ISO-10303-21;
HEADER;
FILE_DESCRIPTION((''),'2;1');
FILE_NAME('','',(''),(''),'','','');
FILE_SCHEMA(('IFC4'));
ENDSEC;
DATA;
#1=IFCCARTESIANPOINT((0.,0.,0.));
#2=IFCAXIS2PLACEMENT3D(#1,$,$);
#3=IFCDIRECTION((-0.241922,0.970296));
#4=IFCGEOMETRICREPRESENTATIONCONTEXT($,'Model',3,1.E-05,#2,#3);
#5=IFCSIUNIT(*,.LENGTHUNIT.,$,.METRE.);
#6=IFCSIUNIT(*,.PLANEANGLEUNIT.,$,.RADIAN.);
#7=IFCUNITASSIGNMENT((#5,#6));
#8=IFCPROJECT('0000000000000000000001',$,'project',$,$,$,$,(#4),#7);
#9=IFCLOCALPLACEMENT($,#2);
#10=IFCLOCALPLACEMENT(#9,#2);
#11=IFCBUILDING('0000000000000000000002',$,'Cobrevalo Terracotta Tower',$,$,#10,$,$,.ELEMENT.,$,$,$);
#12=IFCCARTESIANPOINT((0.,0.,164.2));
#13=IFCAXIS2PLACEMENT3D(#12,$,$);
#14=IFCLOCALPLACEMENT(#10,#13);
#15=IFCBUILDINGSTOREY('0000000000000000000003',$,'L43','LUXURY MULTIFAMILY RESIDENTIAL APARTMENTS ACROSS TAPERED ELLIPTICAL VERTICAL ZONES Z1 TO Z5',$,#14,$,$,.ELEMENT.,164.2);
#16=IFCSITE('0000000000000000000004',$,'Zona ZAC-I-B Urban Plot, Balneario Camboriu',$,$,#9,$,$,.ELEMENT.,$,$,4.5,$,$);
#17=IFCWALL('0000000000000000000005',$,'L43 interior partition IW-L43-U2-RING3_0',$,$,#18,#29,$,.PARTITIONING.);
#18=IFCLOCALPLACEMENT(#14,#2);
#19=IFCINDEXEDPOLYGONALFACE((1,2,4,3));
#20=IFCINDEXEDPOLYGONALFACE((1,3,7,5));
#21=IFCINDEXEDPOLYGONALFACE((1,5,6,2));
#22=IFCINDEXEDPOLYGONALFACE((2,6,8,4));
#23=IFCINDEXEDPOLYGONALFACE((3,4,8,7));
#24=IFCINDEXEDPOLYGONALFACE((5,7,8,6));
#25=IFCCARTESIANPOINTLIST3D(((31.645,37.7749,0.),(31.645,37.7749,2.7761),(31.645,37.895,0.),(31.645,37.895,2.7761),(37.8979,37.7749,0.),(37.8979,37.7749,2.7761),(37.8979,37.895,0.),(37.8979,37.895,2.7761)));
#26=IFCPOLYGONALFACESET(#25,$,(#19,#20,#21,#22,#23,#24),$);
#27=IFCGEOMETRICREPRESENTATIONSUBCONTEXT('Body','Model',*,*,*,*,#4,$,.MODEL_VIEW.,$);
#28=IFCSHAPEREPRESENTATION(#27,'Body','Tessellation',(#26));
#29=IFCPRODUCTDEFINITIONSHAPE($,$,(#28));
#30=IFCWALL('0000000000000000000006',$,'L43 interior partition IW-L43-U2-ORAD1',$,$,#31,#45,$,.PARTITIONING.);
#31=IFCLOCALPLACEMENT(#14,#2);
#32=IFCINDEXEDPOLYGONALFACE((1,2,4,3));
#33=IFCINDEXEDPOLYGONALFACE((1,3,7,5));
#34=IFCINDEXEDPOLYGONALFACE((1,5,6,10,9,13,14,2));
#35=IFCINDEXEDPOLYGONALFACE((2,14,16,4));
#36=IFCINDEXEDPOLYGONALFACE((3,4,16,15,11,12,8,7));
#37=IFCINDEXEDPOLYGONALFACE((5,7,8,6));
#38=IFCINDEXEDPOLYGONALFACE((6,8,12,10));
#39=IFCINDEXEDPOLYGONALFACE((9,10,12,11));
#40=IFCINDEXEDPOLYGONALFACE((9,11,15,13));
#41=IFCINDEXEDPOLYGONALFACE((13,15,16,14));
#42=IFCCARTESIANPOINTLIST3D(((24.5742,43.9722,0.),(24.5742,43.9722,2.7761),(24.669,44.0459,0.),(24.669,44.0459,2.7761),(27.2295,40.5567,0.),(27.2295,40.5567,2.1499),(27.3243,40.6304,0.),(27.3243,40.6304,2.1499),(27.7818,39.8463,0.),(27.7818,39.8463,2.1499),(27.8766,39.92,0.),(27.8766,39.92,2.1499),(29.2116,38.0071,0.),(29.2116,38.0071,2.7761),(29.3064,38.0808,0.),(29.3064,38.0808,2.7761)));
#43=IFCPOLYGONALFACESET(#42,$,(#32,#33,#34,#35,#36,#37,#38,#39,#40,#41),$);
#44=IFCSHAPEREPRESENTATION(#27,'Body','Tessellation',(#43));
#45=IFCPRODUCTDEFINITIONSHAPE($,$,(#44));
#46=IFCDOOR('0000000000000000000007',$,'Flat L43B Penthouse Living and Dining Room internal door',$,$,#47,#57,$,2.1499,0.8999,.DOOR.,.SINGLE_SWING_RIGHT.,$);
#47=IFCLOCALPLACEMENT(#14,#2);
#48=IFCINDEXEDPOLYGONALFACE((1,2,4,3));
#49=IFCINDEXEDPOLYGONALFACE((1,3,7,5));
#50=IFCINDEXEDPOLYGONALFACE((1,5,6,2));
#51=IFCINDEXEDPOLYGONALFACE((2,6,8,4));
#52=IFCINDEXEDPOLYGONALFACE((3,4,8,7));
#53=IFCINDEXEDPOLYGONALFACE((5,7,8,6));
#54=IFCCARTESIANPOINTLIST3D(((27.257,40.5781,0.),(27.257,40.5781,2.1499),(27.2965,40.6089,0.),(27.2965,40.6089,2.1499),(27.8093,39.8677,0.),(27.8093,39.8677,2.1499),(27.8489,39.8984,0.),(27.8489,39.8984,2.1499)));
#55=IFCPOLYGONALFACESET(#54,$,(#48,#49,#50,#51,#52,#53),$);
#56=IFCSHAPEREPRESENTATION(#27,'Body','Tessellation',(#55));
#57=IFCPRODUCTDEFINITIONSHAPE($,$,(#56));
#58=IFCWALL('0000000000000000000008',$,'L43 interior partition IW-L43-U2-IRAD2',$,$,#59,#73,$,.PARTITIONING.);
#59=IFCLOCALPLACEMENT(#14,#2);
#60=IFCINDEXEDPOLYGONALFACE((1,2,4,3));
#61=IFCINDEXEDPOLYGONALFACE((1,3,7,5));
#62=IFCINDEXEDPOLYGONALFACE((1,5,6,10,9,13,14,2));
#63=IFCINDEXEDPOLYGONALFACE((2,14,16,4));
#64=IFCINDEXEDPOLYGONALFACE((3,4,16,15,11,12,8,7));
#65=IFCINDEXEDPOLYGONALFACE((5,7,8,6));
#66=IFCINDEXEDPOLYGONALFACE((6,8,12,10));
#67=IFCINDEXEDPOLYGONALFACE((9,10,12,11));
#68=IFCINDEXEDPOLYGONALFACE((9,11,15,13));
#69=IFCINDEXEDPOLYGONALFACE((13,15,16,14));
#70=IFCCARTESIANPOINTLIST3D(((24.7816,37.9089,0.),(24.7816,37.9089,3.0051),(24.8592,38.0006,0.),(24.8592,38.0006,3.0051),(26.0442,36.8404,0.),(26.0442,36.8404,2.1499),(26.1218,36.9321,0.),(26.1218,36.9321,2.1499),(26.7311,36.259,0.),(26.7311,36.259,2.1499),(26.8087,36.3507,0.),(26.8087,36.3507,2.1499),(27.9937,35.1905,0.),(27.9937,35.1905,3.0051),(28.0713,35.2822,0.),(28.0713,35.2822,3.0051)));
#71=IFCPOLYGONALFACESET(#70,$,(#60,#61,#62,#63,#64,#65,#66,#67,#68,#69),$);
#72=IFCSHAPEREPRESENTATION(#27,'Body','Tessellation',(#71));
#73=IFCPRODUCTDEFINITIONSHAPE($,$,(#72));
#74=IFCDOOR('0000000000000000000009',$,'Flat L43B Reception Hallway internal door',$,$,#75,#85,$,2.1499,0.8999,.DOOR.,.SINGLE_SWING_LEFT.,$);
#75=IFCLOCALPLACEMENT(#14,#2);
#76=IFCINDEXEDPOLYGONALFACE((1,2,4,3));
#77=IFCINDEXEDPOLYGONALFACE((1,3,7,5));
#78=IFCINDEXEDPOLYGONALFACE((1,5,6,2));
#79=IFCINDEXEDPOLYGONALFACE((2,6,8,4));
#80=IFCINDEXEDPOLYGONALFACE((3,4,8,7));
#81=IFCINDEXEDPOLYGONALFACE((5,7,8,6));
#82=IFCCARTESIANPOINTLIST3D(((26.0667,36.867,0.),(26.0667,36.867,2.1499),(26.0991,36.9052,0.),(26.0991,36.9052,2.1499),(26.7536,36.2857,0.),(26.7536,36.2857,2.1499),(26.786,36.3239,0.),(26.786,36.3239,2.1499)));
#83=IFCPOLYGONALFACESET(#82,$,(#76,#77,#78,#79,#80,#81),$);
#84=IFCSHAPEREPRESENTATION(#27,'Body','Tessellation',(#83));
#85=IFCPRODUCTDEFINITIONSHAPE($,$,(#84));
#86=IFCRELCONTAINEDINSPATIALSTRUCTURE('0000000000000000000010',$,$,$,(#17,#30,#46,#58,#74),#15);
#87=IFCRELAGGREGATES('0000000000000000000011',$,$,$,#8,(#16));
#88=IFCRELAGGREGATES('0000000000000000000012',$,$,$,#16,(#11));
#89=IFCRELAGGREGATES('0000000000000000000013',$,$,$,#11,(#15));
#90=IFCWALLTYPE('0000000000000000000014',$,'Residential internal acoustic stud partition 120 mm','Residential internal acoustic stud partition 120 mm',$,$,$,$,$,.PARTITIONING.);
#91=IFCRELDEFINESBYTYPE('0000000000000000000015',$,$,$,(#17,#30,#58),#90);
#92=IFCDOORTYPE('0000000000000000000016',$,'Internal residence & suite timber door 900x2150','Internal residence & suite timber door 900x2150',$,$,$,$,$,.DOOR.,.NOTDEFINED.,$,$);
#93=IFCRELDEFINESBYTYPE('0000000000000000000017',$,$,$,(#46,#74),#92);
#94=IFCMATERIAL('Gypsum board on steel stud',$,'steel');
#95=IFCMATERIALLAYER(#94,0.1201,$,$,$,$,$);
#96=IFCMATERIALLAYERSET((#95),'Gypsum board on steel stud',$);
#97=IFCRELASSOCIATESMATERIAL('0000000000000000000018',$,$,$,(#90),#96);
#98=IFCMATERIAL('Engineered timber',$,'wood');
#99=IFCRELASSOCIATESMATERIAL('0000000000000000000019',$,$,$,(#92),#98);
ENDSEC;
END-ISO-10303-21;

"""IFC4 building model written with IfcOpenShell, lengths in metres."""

from ifc_helpers import new_model, si_unit, direction, frame, frame_2d, origin, place, context, subcontext, project, spatial, rectangle, extrude, source, transform, mapped, material, layer, layer_set, type_object, element, fill, save


model = new_model("IFC4")

# Units and contexts
model_context = context("Model", 3, precision=1e-05, world=origin(), true_north=direction((-0.241922, 0.970296)))
body_context = subcontext(model_context, "Body", "Model", "MODEL_VIEW")
ifc_project = project(units=[si_unit("LENGTHUNIT", "METRE"), si_unit("PLANEANGLEUNIT", "RADIAN")], contexts=[model_context])

# Site, building, storey
site_placement = place(None, origin())
site = spatial("IfcSite", under=ifc_project, at=site_placement, Name="Zona ZAC-I-B Urban Plot, Balneario Camboriu", CompositionType="ELEMENT", RefElevation=4.5)
building_placement = place(site_placement, origin())
building = spatial("IfcBuilding", under=site, at=building_placement, Name="Cobrevalo Terracotta Tower", CompositionType="ELEMENT")
storey_placement = place(building_placement, frame((0.0, 0.0, 164.2)))
storey = spatial("IfcBuildingStorey", under=building, at=storey_placement, Name="L43", Description="LUXURY MULTIFAMILY RESIDENTIAL APARTMENTS ACROSS TAPERED ELLIPTICAL VERTICAL ZONES Z1 TO Z5", CompositionType="ELEMENT", Elevation=164.2)

# Wall
ifc_material_1 = material(Name="Gypsum board on steel stud", Category="steel")
ifc_layer_1 = layer(ifc_material_1, 0.1201)
ifc_layer_set_1 = layer_set([ifc_layer_1], Name="Gypsum board on steel stud")
wall_type_1 = type_object("IfcWallType", Name="Residential internal acoustic stud partition 120 mm", Description="Residential internal acoustic stud partition 120 mm", PredefinedType="PARTITIONING", material=ifc_layer_set_1)
wall_1_placement = place(storey_placement, frame((31.645, 37.835, 0.0), z_axis=(0.0, 0.0, 1.0), x_axis=(1.0, 0.0, 0.0)))
element("IfcWall", 1, at=wall_1_placement, inside=storey, type_object=wall_type_1, Name="L43 interior partition IW-L43-U2-RING3_0", PredefinedType="PARTITIONING", context=body_context, shape_type="SweptSolid", body=[
    extrude(rectangle(XDim=6.2529, YDim=0.1201, at=frame_2d((3.1265, 0.0))), origin(), (0.0, 0.0, 1.0), 2.7761),
])

# Walls, openings, doors
wall_2_placement = place(storey_placement, frame((29.259, 38.0439, 0.0), z_axis=(0.0, 0.0, 1.0), x_axis=(-0.613771, 0.789484, 0.0)))
wall_2 = element("IfcWall", 2, at=wall_2_placement, inside=storey, type_object=wall_type_1, Name="L43 interior partition IW-L43-U2-ORAD1", PredefinedType="PARTITIONING", context=body_context, shape_type="SweptSolid", body=[
    extrude(rectangle(XDim=7.5557, YDim=0.1201, at=frame_2d((3.7778, 0.0))), origin(), (0.0, 0.0, 1.0), 2.7761),
])
opening_1_placement = place(wall_2_placement, frame((2.3296, 0.0, 0.0)))
opening_1 = element("IfcOpeningElement", 3, at=opening_1_placement, cuts=wall_2, PredefinedType="OPENING", context=body_context, shape_type="SweptSolid", body=[
    extrude(rectangle(XDim=0.8999, YDim=2.1499, at=frame_2d((0.45, 1.075))), frame((0.0, 0.0701, 0.0), z_axis=(0.0, -1.0, 0.0), x_axis=(1.0, 0.0, 0.0)), (0.0, 0.0, 1.0), 0.1401),
])
ifc_material_2 = material(Name="Engineered timber", Category="wood")
door_type_1 = type_object("IfcDoorType", Name="Internal residence & suite timber door 900x2150", Description="Internal residence & suite timber door 900x2150", OperationType="NOTDEFINED", PredefinedType="DOOR", material=ifc_material_2)
shared_shape_1 = source(origin(), body_context, "Body", "SweptSolid", [
    extrude(rectangle(XDim=0.8999, YDim=2.1499, at=frame_2d((0.45, 1.075))), frame((0.0, 0.0249, 0.0), z_axis=(0.0, -1.0, 0.0), x_axis=(1.0, 0.0, 0.0)), (0.0, 0.0, 1.0), 0.05),
])
door_1_placement = place(opening_1_placement, frame((0.8999, 0.0, 0.0), z_axis=(0.0, 0.0, 1.0), x_axis=(-1.0, 0.0, 0.0)))
door_1 = element("IfcDoor", 4, at=door_1_placement, inside=storey, type_object=door_type_1, Name="Flat L43B Penthouse Living and Dining Room internal door", OperationType="SINGLE_SWING_RIGHT", OverallHeight=2.1499, OverallWidth=0.8999, PredefinedType="DOOR", context=body_context, shape_type="MappedRepresentation", body=[
    mapped(shared_shape_1, transform((0.0, 0.0, 0.0), scale=1.0)),
])
fill(opening_1, door_1)
wall_3_placement = place(storey_placement, frame((28.0325, 35.2363, 0.0), z_axis=(0.0, 0.0, 1.0), x_axis=(-0.763325, 0.646015, 0.0)))
wall_3 = element("IfcWall", 5, at=wall_3_placement, inside=storey, type_object=wall_type_1, Name="L43 interior partition IW-L43-U2-IRAD2", PredefinedType="PARTITIONING", context=body_context, shape_type="SweptSolid", body=[
    extrude(rectangle(XDim=4.208, YDim=0.1201, at=frame_2d((2.104, 0.0))), origin(), (0.0, 0.0, 1.0), 3.0051),
])
opening_2_placement = place(wall_3_placement, frame((1.6541, 0.0, 0.0)))
opening_2 = element("IfcOpeningElement", 6, at=opening_2_placement, cuts=wall_3, PredefinedType="OPENING", context=body_context, shape_type="SweptSolid", body=[
    extrude(rectangle(XDim=0.8999, YDim=2.1499, at=frame_2d((0.45, 1.075))), frame((0.0, 0.0701, 0.0), z_axis=(0.0, -1.0, 0.0), x_axis=(1.0, 0.0, 0.0)), (0.0, 0.0, 1.0), 0.1401),
])
door_2_placement = place(opening_2_placement, frame((0.8999, 0.0, 0.0), z_axis=(0.0, 0.0, 1.0), x_axis=(-1.0, 0.0, 0.0)))
door_2 = element("IfcDoor", 7, at=door_2_placement, inside=storey, type_object=door_type_1, Name="Flat L43B Reception Hallway internal door", OperationType="SINGLE_SWING_LEFT", OverallHeight=2.1499, OverallWidth=0.8999, PredefinedType="DOOR", context=body_context, shape_type="MappedRepresentation", body=[
    mapped(shared_shape_1, transform((0.0, 0.0, 0.0), scale=1.0)),
])
fill(opening_2, door_2)

save(model, "model.ifc")
